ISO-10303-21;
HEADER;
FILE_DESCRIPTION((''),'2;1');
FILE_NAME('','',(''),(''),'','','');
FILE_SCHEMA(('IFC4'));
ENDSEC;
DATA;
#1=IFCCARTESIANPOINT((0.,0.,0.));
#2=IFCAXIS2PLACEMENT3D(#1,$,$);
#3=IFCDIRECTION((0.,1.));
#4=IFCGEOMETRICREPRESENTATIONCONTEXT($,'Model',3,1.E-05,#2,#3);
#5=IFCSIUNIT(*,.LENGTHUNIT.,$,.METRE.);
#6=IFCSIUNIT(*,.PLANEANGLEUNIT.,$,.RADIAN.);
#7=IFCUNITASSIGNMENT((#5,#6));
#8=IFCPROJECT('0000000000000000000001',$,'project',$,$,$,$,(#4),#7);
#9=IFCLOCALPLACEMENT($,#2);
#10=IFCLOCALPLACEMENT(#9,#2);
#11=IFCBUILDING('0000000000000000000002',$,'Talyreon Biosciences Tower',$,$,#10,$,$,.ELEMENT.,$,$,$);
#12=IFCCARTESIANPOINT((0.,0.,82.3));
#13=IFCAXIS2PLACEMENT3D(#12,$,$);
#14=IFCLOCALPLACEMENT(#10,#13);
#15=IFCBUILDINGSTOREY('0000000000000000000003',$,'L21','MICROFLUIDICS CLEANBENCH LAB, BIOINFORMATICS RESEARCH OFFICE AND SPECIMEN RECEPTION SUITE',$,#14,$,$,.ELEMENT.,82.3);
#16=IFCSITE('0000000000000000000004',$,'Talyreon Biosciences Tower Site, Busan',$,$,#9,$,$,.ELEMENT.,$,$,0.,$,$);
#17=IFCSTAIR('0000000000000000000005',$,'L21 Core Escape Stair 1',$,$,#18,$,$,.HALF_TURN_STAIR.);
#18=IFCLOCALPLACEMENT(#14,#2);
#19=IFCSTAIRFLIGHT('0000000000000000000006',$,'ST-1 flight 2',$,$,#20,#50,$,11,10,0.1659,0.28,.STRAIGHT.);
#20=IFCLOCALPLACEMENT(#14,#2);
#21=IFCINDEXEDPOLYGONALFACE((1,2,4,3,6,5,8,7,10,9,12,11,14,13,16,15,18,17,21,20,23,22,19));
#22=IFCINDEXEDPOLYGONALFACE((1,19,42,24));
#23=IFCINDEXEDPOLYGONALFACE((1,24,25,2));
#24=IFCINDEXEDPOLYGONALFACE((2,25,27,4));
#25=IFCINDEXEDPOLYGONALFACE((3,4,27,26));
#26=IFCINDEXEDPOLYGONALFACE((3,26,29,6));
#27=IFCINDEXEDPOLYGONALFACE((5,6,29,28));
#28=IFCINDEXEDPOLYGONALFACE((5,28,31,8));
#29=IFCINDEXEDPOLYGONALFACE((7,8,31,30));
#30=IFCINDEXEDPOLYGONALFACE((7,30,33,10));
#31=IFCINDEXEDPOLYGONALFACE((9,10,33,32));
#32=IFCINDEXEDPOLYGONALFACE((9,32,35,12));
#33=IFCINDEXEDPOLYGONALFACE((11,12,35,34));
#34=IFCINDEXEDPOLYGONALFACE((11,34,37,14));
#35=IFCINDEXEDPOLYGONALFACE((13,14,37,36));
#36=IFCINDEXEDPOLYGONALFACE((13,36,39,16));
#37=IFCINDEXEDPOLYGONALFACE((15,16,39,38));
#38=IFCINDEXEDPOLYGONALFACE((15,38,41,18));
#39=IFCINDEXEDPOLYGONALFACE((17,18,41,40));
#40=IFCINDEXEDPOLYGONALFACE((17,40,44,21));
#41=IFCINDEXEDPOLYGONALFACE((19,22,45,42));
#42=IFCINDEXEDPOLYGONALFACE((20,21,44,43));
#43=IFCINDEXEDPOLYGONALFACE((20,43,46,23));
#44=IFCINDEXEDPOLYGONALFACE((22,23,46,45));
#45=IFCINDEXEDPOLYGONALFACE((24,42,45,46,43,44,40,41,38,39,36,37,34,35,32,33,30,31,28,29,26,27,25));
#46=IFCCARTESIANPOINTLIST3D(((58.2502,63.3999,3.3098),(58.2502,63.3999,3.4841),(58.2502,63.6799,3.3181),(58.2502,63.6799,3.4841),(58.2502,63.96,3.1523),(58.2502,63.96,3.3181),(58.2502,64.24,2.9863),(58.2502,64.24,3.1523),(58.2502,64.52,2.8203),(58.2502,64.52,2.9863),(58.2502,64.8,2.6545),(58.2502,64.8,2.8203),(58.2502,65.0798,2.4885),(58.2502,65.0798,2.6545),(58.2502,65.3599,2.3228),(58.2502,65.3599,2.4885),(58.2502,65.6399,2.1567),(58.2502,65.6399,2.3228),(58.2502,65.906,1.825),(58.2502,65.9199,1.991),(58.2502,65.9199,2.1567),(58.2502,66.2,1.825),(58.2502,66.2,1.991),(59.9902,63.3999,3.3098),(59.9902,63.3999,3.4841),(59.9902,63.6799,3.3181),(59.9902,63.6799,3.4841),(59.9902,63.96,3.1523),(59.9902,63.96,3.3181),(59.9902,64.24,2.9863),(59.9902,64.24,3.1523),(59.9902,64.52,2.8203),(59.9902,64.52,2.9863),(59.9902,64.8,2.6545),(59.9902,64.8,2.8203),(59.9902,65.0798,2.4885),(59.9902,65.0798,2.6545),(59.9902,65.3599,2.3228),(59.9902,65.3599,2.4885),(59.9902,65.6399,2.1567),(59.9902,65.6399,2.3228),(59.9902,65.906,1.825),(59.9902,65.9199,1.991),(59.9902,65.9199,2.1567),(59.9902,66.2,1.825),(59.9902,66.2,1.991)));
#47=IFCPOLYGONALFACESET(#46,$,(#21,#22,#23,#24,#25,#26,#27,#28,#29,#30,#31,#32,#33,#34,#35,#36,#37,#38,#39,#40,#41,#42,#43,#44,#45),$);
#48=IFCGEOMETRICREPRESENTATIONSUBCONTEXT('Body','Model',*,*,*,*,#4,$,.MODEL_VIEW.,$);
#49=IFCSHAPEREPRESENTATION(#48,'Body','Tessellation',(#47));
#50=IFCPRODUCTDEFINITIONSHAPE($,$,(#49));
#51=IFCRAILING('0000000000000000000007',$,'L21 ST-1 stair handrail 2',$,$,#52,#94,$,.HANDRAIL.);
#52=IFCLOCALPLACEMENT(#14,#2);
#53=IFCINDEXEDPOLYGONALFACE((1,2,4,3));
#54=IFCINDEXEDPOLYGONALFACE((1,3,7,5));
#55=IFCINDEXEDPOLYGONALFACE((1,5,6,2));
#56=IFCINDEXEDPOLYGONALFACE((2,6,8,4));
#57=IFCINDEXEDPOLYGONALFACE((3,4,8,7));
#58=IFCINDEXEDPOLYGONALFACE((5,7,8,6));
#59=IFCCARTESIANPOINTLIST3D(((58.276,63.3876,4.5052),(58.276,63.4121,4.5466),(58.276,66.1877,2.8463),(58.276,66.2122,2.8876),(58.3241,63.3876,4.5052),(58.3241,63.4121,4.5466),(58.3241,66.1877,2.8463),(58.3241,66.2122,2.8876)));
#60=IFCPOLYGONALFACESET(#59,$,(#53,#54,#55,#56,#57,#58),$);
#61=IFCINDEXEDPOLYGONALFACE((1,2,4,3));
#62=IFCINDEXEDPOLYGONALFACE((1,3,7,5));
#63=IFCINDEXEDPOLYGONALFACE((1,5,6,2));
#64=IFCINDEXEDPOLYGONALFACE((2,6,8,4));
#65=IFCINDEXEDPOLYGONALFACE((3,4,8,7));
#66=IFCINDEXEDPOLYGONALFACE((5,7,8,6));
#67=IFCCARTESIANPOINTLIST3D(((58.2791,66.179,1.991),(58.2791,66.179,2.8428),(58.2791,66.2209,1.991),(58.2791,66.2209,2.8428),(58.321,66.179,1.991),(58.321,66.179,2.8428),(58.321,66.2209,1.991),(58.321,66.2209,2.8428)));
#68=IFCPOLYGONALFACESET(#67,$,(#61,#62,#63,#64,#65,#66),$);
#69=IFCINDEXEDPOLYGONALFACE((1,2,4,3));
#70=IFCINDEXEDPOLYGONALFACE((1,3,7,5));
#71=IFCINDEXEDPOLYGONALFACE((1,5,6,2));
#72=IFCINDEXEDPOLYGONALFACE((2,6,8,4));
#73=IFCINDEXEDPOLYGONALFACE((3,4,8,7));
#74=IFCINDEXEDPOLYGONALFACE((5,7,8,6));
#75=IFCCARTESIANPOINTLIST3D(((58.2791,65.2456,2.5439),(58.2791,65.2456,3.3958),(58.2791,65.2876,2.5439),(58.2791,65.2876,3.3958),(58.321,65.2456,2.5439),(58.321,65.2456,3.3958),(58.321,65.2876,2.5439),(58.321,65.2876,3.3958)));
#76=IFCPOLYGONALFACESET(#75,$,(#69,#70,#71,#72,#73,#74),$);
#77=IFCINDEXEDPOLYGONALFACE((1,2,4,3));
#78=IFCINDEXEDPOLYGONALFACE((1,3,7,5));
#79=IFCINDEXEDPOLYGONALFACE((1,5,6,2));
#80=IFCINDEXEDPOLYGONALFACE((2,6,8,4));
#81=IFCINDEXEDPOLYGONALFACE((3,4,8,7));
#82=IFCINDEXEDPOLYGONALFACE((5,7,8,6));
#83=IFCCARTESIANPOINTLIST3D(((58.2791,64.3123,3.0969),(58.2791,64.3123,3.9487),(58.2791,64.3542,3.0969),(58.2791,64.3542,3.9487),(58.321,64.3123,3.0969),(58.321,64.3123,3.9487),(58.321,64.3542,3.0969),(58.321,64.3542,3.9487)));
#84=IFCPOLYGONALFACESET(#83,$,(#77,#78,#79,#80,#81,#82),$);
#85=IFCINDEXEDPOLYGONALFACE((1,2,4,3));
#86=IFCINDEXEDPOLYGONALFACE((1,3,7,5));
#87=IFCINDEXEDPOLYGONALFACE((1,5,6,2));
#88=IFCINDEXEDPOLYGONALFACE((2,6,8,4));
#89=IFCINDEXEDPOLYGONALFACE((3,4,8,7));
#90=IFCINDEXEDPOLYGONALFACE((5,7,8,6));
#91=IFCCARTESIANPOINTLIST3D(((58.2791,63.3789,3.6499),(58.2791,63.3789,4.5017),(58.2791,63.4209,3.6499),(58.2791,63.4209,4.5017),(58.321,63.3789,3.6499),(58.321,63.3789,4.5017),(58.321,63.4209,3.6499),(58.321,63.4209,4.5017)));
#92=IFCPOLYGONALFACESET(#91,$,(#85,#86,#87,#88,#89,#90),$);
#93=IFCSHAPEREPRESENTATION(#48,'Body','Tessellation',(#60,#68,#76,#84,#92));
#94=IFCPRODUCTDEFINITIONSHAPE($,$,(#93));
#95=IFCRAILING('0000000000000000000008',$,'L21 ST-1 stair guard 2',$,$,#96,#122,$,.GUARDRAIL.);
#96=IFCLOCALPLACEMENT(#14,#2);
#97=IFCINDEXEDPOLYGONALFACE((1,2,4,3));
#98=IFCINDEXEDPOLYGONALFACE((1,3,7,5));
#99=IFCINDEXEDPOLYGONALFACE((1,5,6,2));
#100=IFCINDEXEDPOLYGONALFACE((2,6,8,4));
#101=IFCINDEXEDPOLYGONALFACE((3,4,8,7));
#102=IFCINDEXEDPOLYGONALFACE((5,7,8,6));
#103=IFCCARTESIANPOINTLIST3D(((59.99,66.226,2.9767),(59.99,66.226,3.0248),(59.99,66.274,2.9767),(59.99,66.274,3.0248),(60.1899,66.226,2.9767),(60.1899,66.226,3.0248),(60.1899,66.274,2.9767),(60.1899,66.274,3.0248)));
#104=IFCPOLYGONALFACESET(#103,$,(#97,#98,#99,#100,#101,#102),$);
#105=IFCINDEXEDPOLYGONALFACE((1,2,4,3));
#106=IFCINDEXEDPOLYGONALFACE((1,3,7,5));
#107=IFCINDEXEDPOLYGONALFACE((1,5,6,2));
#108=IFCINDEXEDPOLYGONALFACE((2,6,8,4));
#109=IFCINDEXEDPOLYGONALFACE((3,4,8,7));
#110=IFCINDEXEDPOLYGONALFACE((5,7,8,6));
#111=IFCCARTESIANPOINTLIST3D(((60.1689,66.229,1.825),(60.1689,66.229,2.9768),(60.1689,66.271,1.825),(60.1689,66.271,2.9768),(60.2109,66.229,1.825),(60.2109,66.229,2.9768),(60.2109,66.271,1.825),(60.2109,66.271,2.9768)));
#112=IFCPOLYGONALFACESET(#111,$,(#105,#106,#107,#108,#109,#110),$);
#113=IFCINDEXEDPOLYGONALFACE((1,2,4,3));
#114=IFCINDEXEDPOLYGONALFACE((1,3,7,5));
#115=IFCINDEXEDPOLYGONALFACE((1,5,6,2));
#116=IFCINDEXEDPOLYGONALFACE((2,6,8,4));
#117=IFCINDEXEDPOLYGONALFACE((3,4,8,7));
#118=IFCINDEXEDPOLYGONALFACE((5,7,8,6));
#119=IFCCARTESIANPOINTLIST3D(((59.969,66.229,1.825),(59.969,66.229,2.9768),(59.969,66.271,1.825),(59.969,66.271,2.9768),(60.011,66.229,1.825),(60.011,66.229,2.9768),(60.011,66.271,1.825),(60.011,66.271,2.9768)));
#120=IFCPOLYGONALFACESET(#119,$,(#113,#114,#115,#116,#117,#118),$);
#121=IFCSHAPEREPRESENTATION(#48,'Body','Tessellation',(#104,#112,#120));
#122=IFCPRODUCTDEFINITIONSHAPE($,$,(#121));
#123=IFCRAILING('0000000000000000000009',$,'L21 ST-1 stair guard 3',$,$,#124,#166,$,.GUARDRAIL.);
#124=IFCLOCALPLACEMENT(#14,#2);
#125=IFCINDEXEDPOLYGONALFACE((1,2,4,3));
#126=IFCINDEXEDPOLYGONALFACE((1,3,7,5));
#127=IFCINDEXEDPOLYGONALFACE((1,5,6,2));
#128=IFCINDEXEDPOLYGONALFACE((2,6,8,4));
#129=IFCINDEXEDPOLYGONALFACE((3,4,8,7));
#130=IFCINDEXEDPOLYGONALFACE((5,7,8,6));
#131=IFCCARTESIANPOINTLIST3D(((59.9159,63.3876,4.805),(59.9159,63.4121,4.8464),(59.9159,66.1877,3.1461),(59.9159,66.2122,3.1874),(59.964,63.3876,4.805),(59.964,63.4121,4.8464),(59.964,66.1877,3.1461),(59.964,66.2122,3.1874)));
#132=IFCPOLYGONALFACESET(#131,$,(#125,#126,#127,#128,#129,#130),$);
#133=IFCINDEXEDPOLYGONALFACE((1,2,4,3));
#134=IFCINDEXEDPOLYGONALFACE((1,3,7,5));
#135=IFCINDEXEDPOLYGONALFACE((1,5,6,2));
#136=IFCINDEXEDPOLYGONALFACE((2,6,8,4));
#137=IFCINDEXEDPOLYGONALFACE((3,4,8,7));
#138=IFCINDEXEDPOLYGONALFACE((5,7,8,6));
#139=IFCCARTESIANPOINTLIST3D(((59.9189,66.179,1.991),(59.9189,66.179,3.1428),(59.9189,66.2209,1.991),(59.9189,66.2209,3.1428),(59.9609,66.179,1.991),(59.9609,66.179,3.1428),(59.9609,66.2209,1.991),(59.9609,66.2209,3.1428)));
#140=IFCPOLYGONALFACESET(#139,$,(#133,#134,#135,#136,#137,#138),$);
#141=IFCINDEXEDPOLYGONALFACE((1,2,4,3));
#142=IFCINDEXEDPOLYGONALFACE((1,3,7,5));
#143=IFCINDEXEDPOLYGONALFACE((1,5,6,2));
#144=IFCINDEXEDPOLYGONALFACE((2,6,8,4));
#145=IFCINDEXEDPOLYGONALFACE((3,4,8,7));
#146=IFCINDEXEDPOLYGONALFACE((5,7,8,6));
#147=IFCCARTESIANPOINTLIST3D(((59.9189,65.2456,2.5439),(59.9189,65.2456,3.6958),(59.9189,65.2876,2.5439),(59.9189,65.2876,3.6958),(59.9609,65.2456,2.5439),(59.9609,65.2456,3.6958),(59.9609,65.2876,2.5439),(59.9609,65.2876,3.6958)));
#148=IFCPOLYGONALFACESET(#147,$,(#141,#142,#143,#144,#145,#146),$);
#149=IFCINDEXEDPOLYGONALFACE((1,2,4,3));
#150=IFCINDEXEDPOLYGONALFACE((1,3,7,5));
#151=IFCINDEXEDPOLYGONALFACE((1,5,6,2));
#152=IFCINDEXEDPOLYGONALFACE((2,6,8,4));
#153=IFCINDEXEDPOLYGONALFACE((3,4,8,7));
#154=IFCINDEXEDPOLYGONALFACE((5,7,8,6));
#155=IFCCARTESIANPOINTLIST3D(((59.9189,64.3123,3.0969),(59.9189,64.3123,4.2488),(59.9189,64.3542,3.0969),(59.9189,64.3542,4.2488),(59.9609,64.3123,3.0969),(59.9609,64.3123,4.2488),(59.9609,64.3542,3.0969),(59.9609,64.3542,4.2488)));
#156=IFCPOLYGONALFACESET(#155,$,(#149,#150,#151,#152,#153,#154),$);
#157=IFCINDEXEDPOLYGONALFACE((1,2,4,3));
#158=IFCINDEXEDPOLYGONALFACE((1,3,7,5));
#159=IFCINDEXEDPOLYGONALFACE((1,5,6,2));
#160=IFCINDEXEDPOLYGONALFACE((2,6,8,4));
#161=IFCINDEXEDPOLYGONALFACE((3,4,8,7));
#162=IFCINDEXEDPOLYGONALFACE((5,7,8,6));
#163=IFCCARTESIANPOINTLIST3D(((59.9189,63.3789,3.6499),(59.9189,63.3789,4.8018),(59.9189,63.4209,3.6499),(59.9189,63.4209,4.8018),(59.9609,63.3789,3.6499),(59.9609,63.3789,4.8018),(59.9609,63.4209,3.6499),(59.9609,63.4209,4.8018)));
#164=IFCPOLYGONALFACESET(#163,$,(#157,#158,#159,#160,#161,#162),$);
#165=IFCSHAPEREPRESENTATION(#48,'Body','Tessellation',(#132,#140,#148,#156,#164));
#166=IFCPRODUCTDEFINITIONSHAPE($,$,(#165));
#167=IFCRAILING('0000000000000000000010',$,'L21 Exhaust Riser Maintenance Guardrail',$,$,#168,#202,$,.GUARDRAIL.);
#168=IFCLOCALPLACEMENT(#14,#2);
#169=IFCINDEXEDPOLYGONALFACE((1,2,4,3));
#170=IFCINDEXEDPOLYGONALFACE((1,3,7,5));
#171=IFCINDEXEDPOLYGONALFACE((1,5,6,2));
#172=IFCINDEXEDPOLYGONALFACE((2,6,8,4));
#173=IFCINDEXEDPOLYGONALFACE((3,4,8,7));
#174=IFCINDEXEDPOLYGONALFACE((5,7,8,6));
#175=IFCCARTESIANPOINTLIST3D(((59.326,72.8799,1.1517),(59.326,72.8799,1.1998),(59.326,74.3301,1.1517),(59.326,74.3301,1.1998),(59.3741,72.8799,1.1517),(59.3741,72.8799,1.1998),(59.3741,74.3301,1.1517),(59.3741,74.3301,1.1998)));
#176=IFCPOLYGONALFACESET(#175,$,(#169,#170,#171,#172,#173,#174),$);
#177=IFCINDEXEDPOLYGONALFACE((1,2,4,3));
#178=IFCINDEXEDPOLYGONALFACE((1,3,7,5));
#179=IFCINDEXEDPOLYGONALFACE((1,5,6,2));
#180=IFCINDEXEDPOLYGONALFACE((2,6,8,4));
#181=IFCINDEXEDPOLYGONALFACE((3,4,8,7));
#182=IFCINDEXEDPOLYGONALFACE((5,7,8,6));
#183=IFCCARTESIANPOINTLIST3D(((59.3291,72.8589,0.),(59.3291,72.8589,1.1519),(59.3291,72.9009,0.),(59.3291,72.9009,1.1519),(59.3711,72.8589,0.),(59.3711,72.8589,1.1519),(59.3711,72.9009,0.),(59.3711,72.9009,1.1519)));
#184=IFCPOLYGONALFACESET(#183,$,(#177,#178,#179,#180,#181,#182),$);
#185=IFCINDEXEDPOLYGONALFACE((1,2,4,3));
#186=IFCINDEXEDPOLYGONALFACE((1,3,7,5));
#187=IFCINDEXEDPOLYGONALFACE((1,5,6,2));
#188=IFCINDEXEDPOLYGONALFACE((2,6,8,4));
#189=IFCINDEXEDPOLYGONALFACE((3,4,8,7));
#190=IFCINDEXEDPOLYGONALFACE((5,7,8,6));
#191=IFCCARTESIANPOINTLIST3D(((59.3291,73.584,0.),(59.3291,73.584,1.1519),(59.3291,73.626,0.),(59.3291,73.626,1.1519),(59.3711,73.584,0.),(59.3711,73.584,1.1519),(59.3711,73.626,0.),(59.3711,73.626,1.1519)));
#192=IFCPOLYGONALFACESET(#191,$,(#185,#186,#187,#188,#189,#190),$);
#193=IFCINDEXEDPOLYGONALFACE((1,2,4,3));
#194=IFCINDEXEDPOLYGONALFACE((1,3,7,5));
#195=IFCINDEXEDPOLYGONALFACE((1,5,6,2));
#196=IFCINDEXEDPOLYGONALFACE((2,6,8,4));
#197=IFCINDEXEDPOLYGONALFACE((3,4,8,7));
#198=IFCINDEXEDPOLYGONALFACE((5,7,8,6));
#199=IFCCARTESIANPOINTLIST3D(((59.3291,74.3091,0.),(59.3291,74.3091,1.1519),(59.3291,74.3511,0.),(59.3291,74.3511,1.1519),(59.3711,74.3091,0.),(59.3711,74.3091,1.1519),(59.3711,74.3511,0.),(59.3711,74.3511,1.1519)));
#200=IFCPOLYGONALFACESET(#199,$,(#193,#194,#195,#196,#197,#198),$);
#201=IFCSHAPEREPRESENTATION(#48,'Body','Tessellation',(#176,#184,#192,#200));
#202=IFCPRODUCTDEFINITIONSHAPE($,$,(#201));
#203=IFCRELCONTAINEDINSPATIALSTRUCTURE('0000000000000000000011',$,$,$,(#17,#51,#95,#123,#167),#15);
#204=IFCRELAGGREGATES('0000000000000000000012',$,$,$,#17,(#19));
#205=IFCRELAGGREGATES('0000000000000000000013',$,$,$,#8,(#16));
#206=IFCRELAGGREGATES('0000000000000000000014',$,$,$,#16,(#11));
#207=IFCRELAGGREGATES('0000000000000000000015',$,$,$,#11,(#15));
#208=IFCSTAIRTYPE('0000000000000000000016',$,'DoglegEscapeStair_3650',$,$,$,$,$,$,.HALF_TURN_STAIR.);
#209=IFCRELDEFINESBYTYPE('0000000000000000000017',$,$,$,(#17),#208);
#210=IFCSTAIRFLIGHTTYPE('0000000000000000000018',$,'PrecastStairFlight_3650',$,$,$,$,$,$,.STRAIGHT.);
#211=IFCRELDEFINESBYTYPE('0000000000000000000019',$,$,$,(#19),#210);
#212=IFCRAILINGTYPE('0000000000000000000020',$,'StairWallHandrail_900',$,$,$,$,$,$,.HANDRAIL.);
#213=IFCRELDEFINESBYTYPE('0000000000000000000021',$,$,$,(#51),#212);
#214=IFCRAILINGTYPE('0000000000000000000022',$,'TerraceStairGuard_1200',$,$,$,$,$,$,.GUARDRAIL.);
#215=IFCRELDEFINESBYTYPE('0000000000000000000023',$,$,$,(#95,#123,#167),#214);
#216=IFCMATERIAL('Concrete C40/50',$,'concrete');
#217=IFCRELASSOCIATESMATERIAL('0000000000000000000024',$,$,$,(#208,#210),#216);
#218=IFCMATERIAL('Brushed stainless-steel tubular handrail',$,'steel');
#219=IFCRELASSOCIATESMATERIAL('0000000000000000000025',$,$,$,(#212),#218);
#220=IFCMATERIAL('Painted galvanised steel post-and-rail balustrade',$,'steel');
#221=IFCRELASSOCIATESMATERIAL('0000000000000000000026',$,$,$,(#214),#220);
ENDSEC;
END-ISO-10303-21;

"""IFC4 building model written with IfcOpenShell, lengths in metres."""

from ifc_helpers import new_model, si_unit, direction, frame, origin, origin_2d, place, context, subcontext, project, spatial, polyline, rectangle, outline, extrude, material, type_object, element, aggregate, save


model = new_model("IFC4")

# Units and contexts
model_context = context("Model", 3, precision=1e-05, world=origin(), true_north=direction((0.0, 1.0)))
body_context = subcontext(model_context, "Body", "Model", "MODEL_VIEW")
ifc_project = project(units=[si_unit("LENGTHUNIT", "METRE"), si_unit("PLANEANGLEUNIT", "RADIAN")], contexts=[model_context])

# Site, building, storey
site_placement = place(None, origin())
site = spatial("IfcSite", under=ifc_project, at=site_placement, Name="Talyreon Biosciences Tower Site, Busan", CompositionType="ELEMENT", RefElevation=0.0)
building_placement = place(site_placement, origin())
building = spatial("IfcBuilding", under=site, at=building_placement, Name="Talyreon Biosciences Tower", CompositionType="ELEMENT")
storey_placement = place(building_placement, frame((0.0, 0.0, 82.3)))
storey = spatial("IfcBuildingStorey", under=building, at=storey_placement, Name="L21", Description="MICROFLUIDICS CLEANBENCH LAB, BIOINFORMATICS RESEARCH OFFICE AND SPECIMEN RECEPTION SUITE", CompositionType="ELEMENT", Elevation=82.3)

# Stair, stair flight
ifc_material_1 = material(Name="Concrete C40/50", Category="concrete")
stair_type = type_object("IfcStairType", Name="DoglegEscapeStair_3650", PredefinedType="HALF_TURN_STAIR", material=ifc_material_1)
stair_placement = place(storey_placement, origin())
stair = element("IfcStair", 1, at=stair_placement, inside=storey, type_object=stair_type, Name="L21 Core Escape Stair 1", PredefinedType="HALF_TURN_STAIR")
stair_flight_type = type_object("IfcStairFlightType", Name="PrecastStairFlight_3650", PredefinedType="STRAIGHT", material=ifc_material_1)
stair_flight_placement = place(storey_placement, frame((59.1201, 66.2, 1.825), z_axis=(0.0, 0.0, 1.0), x_axis=(0.0, -1.0, 0.0)))
stair_flight = element("IfcStairFlight", 2, at=stair_flight_placement, type_object=stair_flight_type, Name="ST-1 flight 2", NumberOfRisers=11, NumberOfTreads=10, PredefinedType="STRAIGHT", RiserHeight=0.1659, TreadLength=0.28, context=body_context, shape_type="SweptSolid", body=[
    extrude(outline(polyline([(0.0, 0.0), (0.0, 0.166), (0.28, 0.166), (0.28, 0.3318), (0.5601, 0.3318), (0.5601, 0.4978), (0.8401, 0.4978), (0.8401, 0.6636), (1.1201, 0.6636), (1.1201, 0.8296), (1.3999, 0.8296), (1.3999, 0.9954), (1.6799, 0.9954), (1.6799, 1.1614), (1.96, 1.1614), (1.96, 1.3274), (2.24, 1.3274), (2.24, 1.4932), (2.52, 1.4932), (2.52, 1.6592), (2.8, 1.6592), (2.8, 1.825), (2.8, 1.4849), (0.2939, 0.0), (0.0, 0.0)])), frame((0.0, 0.8701, 0.0), z_axis=(0.0, -1.0, 0.0), x_axis=(1.0, 0.0, 0.0)), (0.0, 0.0, 1.0), 1.74),
])
aggregate(stair, [stair_flight])

# Railings
ifc_material_2 = material(Name="Brushed stainless-steel tubular handrail", Category="steel")
railing_type_1 = type_object("IfcRailingType", Name="StairWallHandrail_900", PredefinedType="HANDRAIL", material=ifc_material_2)
railing_1_placement = place(storey_placement, frame((58.3, 66.2, 1.991)))
element("IfcRailing", 3, at=railing_1_placement, inside=storey, type_object=railing_type_1, Name="L21 ST-1 stair handrail 2", PredefinedType="HANDRAIL", context=body_context, shape_type="SweptSolid", body=[
    extrude(rectangle(XDim=0.0481, YDim=0.0481, at=origin_2d()), frame((0.0, 0.0, 0.876), z_axis=(0.0, -0.860339, 0.509722), x_axis=(1.0, 0.0, 0.0)), (0.0, 0.0, 1.0), 3.2546),
    extrude(rectangle(XDim=0.042, YDim=0.042, at=origin_2d()), origin(), (0.0, 0.0, 1.0), 0.8518),
    extrude(rectangle(XDim=0.042, YDim=0.042, at=origin_2d()), frame((0.0, -0.9333, 0.553)), (0.0, 0.0, 1.0), 0.8518),
    extrude(rectangle(XDim=0.042, YDim=0.042, at=origin_2d()), frame((0.0, -1.8667, 1.106)), (0.0, 0.0, 1.0), 0.8518),
    extrude(rectangle(XDim=0.042, YDim=0.042, at=origin_2d()), frame((0.0, -2.8, 1.6589)), (0.0, 0.0, 1.0), 0.8518),
])
ifc_material_3 = material(Name="Painted galvanised steel post-and-rail balustrade", Category="steel")
railing_type_2 = type_object("IfcRailingType", Name="TerraceStairGuard_1200", PredefinedType="GUARDRAIL", material=ifc_material_3)
railing_2_placement = place(storey_placement, frame((60.1899, 66.25, 1.825)))
element("IfcRailing", 4, at=railing_2_placement, inside=storey, type_object=railing_type_2, Name="L21 ST-1 stair guard 2", PredefinedType="GUARDRAIL", context=body_context, shape_type="SweptSolid", body=[
    extrude(rectangle(XDim=0.0481, YDim=0.0481, at=origin_2d()), frame((0.0, 0.0, 1.1758), z_axis=(-1.0, 0.0, 0.0), x_axis=(0.0, -1.0, 0.0)), (0.0, 0.0, 1.0), 0.2),
    extrude(rectangle(XDim=0.042, YDim=0.042, at=origin_2d()), origin(), (0.0, 0.0, 1.0), 1.1519),
    extrude(rectangle(XDim=0.042, YDim=0.042, at=origin_2d()), frame((-0.2, 0.0, 0.0)), (0.0, 0.0, 1.0), 1.1519),
])
railing_3_placement = place(storey_placement, frame((59.9399, 66.2, 1.991)))
element("IfcRailing", 5, at=railing_3_placement, inside=storey, type_object=railing_type_2, Name="L21 ST-1 stair guard 3", PredefinedType="GUARDRAIL", context=body_context, shape_type="SweptSolid", body=[
    extrude(rectangle(XDim=0.0481, YDim=0.0481, at=origin_2d()), frame((0.0, 0.0, 1.1758), z_axis=(0.0, -0.860339, 0.509722), x_axis=(1.0, 0.0, 0.0)), (0.0, 0.0, 1.0), 3.2546),
    extrude(rectangle(XDim=0.042, YDim=0.042, at=origin_2d()), origin(), (0.0, 0.0, 1.0), 1.1519),
    extrude(rectangle(XDim=0.042, YDim=0.042, at=origin_2d()), frame((0.0, -0.9333, 0.553)), (0.0, 0.0, 1.0), 1.1519),
    extrude(rectangle(XDim=0.042, YDim=0.042, at=origin_2d()), frame((0.0, -1.8667, 1.106)), (0.0, 0.0, 1.0), 1.1519),
    extrude(rectangle(XDim=0.042, YDim=0.042, at=origin_2d()), frame((0.0, -2.8, 1.6589)), (0.0, 0.0, 1.0), 1.1519),
])
railing_4_placement = place(storey_placement, frame((59.3501, 72.8799, 0.0)))
element("IfcRailing", 6, at=railing_4_placement, inside=storey, type_object=railing_type_2, Name="L21 Exhaust Riser Maintenance Guardrail", PredefinedType="GUARDRAIL", context=body_context, shape_type="SweptSolid", body=[
    extrude(rectangle(XDim=0.0481, YDim=0.0481, at=origin_2d()), frame((0.0, 0.0, 1.1758), z_axis=(0.0, 1.0, 0.0), x_axis=(-1.0, 0.0, 0.0)), (0.0, 0.0, 1.0), 1.4502),
    extrude(rectangle(XDim=0.042, YDim=0.042, at=origin_2d()), origin(), (0.0, 0.0, 1.0), 1.1519),
    extrude(rectangle(XDim=0.042, YDim=0.042, at=origin_2d()), frame((0.0, 0.7251, 0.0)), (0.0, 0.0, 1.0), 1.1519),
    extrude(rectangle(XDim=0.042, YDim=0.042, at=origin_2d()), frame((0.0, 1.4502, 0.0)), (0.0, 0.0, 1.0), 1.1519),
])

save(model, "model.ifc")
